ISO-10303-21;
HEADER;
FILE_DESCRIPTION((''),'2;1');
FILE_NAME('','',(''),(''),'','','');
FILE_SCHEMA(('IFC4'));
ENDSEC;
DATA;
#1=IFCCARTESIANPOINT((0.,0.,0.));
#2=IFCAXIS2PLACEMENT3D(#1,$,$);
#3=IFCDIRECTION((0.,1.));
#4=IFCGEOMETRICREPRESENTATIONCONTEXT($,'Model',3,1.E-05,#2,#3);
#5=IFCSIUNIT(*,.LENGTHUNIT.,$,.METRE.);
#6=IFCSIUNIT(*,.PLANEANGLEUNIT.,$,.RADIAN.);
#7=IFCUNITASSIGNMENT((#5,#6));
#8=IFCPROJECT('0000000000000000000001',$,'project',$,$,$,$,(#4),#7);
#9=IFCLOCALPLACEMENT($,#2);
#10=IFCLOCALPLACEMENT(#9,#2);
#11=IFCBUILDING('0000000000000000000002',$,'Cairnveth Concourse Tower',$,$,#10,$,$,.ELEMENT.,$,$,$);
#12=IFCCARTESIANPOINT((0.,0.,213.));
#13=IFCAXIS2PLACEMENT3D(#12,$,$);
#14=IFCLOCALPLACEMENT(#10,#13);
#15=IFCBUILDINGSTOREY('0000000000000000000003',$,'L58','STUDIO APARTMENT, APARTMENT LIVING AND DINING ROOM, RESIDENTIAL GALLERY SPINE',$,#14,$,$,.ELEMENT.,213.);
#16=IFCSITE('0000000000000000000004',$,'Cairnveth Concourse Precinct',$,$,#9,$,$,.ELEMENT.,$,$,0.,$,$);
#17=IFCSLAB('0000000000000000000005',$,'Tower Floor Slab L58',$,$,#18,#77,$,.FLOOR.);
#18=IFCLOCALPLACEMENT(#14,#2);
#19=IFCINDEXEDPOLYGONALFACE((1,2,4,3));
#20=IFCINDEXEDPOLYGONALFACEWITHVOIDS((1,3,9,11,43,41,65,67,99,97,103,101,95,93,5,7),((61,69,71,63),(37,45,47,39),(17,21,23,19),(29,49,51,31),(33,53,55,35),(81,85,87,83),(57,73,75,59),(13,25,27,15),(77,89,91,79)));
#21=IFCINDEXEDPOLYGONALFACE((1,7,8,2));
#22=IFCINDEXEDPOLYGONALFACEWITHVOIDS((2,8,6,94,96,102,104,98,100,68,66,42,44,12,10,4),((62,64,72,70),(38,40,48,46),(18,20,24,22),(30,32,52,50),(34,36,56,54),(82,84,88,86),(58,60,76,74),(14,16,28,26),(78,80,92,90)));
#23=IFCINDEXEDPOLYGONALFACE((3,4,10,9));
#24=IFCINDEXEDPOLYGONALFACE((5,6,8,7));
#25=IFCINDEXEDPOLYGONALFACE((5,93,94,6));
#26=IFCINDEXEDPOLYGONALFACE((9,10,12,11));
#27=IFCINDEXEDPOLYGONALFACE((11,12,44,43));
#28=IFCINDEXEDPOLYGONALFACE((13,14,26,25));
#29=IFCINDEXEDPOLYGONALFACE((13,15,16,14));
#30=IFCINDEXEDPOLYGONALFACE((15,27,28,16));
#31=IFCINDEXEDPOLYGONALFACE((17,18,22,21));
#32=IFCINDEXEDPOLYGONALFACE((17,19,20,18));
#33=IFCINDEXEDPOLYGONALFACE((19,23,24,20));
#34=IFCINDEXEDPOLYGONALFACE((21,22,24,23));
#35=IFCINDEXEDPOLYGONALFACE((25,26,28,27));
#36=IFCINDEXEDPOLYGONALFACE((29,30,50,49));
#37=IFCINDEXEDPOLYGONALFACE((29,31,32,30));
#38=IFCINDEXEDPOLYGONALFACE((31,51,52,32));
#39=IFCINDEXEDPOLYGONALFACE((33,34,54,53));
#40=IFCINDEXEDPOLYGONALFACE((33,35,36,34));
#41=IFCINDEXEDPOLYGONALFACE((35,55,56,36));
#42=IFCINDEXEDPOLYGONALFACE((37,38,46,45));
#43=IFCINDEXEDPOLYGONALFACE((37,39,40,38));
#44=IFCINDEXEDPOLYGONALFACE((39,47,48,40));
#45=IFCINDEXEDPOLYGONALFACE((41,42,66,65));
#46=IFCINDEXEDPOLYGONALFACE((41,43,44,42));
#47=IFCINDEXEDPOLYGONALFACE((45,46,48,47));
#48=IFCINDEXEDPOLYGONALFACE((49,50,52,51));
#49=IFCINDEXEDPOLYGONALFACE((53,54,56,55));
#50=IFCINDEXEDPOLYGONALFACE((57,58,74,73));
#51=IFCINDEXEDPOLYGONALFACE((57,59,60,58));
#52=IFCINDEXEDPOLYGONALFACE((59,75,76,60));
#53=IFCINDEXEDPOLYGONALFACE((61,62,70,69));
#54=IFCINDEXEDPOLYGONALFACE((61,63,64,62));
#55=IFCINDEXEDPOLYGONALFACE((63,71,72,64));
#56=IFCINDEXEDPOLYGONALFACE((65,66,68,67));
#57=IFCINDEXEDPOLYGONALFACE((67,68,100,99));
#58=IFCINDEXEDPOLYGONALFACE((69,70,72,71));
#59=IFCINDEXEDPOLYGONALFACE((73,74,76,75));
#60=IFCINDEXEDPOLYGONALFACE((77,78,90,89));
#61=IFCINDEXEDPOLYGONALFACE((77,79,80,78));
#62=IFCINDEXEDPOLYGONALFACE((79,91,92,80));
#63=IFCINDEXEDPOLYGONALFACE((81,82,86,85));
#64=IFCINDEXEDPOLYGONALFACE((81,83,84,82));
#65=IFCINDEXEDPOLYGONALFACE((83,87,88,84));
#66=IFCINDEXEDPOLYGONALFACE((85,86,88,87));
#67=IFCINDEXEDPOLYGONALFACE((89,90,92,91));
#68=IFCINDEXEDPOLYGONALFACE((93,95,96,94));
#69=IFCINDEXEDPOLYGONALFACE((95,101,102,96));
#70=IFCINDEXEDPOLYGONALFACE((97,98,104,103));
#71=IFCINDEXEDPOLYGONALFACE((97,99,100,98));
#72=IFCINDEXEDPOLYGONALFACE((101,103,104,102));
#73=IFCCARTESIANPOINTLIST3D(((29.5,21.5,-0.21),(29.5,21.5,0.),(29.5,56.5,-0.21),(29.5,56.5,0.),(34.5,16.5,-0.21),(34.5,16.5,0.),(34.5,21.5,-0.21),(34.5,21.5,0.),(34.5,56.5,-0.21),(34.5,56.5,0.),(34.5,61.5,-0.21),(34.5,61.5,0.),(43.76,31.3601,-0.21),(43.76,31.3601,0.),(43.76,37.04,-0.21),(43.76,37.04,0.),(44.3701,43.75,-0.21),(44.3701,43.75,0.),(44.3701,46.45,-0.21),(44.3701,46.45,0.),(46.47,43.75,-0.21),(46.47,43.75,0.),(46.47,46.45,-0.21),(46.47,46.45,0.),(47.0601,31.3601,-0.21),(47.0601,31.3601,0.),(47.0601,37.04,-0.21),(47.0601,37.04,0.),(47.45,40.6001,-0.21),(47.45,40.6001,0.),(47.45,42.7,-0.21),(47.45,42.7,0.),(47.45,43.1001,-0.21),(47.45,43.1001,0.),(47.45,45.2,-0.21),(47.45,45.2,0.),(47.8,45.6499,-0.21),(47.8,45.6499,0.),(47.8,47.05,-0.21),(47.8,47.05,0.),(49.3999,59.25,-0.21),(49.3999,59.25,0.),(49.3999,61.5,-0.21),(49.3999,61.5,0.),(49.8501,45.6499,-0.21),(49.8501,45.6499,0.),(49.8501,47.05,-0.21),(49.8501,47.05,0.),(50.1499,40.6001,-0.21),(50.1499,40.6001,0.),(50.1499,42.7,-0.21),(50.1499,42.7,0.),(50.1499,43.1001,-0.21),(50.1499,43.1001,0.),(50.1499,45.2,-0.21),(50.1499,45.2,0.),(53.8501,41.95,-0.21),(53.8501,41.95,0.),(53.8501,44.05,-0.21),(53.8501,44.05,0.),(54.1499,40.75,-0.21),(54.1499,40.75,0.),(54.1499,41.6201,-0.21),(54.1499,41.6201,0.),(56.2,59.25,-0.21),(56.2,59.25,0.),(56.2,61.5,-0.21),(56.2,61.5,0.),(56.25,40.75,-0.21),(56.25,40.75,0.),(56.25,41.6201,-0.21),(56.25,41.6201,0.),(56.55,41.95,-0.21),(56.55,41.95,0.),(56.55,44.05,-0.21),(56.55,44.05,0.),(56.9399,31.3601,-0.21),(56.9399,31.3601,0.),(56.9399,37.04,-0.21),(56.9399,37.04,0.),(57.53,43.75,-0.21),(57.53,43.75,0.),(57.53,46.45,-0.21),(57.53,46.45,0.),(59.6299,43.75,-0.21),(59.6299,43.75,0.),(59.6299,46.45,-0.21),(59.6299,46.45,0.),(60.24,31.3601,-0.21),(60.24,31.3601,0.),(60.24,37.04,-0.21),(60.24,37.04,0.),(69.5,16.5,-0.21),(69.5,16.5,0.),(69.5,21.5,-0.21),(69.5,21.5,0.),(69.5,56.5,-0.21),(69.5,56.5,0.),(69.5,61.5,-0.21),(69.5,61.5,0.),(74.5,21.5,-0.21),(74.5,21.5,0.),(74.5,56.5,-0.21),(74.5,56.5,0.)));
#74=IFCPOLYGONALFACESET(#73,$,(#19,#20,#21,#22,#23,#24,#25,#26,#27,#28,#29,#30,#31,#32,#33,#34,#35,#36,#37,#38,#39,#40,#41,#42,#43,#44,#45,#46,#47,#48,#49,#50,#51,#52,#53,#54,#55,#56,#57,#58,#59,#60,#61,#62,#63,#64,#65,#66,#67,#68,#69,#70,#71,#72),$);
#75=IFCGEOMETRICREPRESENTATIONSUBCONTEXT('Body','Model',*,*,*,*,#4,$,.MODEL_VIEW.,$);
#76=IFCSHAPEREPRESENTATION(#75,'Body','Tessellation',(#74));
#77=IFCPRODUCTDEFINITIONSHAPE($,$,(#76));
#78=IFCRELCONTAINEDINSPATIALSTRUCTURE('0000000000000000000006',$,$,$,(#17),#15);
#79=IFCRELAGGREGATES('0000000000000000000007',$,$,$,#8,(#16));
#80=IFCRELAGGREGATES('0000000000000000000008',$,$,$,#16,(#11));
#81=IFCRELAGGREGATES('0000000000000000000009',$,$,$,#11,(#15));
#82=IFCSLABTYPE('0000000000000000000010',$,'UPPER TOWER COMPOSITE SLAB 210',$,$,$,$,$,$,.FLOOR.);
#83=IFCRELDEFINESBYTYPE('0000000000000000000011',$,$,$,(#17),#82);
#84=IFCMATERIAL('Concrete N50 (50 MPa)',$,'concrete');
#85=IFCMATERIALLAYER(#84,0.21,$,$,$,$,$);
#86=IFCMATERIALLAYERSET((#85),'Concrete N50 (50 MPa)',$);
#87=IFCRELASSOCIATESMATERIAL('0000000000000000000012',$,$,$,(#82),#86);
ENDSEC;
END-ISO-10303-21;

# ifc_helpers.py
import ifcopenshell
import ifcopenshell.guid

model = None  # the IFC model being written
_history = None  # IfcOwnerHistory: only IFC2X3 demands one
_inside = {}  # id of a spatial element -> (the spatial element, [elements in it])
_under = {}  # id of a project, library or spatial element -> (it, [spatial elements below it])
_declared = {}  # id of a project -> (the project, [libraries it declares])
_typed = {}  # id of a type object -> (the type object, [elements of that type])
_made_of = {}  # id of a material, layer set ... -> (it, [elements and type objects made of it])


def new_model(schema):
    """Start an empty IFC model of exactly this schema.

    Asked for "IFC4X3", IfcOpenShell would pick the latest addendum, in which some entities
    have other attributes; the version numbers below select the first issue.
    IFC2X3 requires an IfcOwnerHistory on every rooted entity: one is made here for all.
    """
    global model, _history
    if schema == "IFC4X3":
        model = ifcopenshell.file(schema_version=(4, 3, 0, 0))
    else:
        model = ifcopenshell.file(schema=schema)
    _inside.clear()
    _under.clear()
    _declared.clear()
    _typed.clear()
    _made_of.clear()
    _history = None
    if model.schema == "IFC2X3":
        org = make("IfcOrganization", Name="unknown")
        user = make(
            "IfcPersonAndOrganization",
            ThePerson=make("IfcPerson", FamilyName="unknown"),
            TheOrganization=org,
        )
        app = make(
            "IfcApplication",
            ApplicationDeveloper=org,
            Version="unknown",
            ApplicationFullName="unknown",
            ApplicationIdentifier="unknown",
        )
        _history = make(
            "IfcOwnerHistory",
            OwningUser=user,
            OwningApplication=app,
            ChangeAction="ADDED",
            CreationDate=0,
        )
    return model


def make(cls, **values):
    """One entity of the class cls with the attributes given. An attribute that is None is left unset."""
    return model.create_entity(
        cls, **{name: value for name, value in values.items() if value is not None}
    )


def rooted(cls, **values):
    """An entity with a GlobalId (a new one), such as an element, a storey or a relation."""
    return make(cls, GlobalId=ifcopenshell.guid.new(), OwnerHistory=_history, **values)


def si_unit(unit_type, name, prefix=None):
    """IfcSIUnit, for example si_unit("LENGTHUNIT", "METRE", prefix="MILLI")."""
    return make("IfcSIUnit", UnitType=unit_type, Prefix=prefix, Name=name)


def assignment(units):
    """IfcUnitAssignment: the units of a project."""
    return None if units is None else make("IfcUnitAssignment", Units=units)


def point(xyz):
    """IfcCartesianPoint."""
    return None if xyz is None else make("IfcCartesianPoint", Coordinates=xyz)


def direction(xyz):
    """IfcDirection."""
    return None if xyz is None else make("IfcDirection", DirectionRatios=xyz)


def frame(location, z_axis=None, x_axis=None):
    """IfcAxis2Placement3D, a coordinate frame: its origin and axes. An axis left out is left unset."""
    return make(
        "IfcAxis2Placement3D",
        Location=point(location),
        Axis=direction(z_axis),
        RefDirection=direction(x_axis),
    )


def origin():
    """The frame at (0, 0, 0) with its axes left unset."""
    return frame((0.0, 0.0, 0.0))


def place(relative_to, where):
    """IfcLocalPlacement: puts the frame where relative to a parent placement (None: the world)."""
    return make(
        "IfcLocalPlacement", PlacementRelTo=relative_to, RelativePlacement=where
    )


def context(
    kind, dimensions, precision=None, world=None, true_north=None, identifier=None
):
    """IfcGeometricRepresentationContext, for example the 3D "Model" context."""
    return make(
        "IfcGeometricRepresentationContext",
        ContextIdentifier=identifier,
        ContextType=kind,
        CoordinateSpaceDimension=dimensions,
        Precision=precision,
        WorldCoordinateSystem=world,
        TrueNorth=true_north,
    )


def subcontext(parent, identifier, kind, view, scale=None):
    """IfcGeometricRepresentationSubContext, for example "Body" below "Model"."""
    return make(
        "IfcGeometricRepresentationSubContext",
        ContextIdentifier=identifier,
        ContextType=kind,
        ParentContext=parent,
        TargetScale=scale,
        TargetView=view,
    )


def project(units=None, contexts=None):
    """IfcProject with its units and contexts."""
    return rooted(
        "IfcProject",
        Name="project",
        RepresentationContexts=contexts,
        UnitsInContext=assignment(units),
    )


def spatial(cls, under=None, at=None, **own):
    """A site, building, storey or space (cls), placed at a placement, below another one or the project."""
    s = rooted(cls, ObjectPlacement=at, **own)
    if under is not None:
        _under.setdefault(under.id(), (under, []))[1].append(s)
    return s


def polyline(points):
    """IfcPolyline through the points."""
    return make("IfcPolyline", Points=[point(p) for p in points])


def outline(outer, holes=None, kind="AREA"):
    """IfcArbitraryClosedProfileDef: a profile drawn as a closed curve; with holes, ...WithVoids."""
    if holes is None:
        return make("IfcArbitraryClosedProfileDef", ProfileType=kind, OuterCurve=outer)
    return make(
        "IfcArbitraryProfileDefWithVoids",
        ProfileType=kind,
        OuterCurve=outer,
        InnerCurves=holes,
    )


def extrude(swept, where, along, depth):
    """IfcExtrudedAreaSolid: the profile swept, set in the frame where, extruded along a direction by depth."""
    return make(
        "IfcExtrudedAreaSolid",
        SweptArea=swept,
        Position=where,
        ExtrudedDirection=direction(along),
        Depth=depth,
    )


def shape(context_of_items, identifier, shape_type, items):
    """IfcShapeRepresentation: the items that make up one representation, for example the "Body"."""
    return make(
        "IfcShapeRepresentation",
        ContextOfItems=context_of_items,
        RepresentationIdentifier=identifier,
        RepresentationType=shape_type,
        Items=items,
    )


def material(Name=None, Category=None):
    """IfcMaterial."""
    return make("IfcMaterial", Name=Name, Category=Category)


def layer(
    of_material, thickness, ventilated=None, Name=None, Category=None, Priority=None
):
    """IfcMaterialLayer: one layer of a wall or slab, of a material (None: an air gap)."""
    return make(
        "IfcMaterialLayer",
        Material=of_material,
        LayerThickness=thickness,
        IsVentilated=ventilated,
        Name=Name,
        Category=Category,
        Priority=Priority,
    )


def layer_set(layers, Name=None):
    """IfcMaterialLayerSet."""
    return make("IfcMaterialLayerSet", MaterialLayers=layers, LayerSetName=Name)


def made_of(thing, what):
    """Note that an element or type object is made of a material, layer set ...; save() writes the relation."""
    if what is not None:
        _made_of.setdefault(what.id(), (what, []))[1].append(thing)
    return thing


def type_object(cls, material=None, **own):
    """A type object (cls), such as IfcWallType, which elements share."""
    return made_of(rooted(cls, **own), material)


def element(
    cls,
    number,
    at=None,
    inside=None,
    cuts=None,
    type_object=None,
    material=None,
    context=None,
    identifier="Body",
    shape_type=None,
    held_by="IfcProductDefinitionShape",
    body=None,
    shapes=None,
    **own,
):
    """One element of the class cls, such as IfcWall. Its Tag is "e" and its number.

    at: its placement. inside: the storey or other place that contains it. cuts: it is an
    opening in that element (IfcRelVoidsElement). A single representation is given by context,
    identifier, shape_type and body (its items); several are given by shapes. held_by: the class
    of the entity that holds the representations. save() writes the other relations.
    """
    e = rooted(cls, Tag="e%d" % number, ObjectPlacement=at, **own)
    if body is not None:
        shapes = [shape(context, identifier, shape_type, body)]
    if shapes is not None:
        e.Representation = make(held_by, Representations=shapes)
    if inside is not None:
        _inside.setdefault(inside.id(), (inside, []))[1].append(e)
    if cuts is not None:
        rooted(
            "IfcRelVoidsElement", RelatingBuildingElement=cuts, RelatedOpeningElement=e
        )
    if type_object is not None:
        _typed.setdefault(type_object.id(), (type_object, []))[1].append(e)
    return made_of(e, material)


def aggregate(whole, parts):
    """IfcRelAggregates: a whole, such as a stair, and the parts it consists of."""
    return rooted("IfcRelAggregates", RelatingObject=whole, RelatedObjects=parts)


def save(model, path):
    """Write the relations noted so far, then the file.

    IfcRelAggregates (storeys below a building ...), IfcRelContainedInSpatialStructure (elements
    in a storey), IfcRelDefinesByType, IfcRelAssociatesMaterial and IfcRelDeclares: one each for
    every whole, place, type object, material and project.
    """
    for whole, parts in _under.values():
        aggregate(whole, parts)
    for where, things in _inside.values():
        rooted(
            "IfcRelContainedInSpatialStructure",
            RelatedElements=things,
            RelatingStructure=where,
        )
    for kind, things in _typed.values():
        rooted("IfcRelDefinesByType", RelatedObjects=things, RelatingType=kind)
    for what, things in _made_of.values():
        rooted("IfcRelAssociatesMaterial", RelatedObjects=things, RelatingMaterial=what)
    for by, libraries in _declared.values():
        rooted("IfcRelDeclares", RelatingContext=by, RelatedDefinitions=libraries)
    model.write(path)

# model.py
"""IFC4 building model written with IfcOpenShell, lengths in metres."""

from ifc_helpers import new_model, si_unit, direction, frame, origin, place, context, subcontext, project, spatial, polyline, outline, extrude, material, layer, layer_set, type_object, element, save


model = new_model("IFC4")

# Units and contexts
model_context = context("Model", 3, precision=1e-05, world=origin(), true_north=direction((0.0, 1.0)))
body_context = subcontext(model_context, "Body", "Model", "MODEL_VIEW")
ifc_project = project(units=[si_unit("LENGTHUNIT", "METRE"), si_unit("PLANEANGLEUNIT", "RADIAN")], contexts=[model_context])

# Site, building, storey
site_placement = place(None, origin())
site = spatial("IfcSite", under=ifc_project, at=site_placement, Name="Cairnveth Concourse Precinct", CompositionType="ELEMENT", RefElevation=0.0)
building_placement = place(site_placement, origin())
building = spatial("IfcBuilding", under=site, at=building_placement, Name="Cairnveth Concourse Tower", CompositionType="ELEMENT")
storey_placement = place(building_placement, frame((0.0, 0.0, 213.0)))
storey = spatial("IfcBuildingStorey", under=building, at=storey_placement, Name="L58", Description="STUDIO APARTMENT, APARTMENT LIVING AND DINING ROOM, RESIDENTIAL GALLERY SPINE", CompositionType="ELEMENT", Elevation=213.0)

# Shared definitions
ifc_material_1 = material(Name="Concrete N50 (50 MPa)", Category="concrete")

# Slab
ifc_layer_1 = layer(ifc_material_1, 0.21)
ifc_layer_set_1 = layer_set([ifc_layer_1], Name="Concrete N50 (50 MPa)")
slab_type_1 = type_object("IfcSlabType", Name="UPPER TOWER COMPOSITE SLAB 210", PredefinedType="FLOOR", material=ifc_layer_set_1)
slab_1_placement = place(storey_placement, frame((0.0, 0.0, -0.21)))
element("IfcSlab", 1, at=slab_1_placement, inside=storey, type_object=slab_type_1, Name="Tower Floor Slab L58", PredefinedType="FLOOR", context=body_context, shape_type="SweptSolid", body=[
    extrude(outline(polyline([(56.2, 61.5), (56.2, 59.25), (49.3999, 59.25), (49.3999, 61.5), (34.5, 61.5), (34.5, 56.5), (29.5, 56.5), (29.5, 21.5), (34.5, 21.5), (34.5, 16.5), (69.5, 16.5), (69.5, 21.5), (74.5, 21.5), (74.5, 56.5), (69.5, 56.5), (69.5, 61.5), (56.2, 61.5)]), holes=[polyline([(43.76, 31.3601), (47.0601, 31.3601), (47.0601, 37.04), (43.76, 37.04), (43.76, 31.3601)]), polyline([(56.9399, 31.3601), (60.24, 31.3601), (60.24, 37.04), (56.9399, 37.04), (56.9399, 31.3601)]), polyline([(44.3701, 43.75), (46.47, 43.75), (46.47, 46.45), (44.3701, 46.45), (44.3701, 43.75)]), polyline([(57.53, 43.75), (59.6299, 43.75), (59.6299, 46.45), (57.53, 46.45), (57.53, 43.75)]), polyline([(47.45, 40.6001), (50.1499, 40.6001), (50.1499, 42.7), (47.45, 42.7), (47.45, 40.6001)]), polyline([(47.45, 43.1001), (50.1499, 43.1001), (50.1499, 45.2), (47.45, 45.2), (47.45, 43.1001)]), polyline([(53.8501, 41.95), (56.55, 41.95), (56.55, 44.05), (53.8501, 44.05), (53.8501, 41.95)]), polyline([(47.8, 45.6499), (49.8501, 45.6499), (49.8501, 47.05), (47.8, 47.05), (47.8, 45.6499)]), polyline([(54.1499, 40.75), (56.25, 40.75), (56.25, 41.6201), (54.1499, 41.6201), (54.1499, 40.75)])]), origin(), (0.0, 0.0, 1.0), 0.21),
])

save(model, "model.ifc")
